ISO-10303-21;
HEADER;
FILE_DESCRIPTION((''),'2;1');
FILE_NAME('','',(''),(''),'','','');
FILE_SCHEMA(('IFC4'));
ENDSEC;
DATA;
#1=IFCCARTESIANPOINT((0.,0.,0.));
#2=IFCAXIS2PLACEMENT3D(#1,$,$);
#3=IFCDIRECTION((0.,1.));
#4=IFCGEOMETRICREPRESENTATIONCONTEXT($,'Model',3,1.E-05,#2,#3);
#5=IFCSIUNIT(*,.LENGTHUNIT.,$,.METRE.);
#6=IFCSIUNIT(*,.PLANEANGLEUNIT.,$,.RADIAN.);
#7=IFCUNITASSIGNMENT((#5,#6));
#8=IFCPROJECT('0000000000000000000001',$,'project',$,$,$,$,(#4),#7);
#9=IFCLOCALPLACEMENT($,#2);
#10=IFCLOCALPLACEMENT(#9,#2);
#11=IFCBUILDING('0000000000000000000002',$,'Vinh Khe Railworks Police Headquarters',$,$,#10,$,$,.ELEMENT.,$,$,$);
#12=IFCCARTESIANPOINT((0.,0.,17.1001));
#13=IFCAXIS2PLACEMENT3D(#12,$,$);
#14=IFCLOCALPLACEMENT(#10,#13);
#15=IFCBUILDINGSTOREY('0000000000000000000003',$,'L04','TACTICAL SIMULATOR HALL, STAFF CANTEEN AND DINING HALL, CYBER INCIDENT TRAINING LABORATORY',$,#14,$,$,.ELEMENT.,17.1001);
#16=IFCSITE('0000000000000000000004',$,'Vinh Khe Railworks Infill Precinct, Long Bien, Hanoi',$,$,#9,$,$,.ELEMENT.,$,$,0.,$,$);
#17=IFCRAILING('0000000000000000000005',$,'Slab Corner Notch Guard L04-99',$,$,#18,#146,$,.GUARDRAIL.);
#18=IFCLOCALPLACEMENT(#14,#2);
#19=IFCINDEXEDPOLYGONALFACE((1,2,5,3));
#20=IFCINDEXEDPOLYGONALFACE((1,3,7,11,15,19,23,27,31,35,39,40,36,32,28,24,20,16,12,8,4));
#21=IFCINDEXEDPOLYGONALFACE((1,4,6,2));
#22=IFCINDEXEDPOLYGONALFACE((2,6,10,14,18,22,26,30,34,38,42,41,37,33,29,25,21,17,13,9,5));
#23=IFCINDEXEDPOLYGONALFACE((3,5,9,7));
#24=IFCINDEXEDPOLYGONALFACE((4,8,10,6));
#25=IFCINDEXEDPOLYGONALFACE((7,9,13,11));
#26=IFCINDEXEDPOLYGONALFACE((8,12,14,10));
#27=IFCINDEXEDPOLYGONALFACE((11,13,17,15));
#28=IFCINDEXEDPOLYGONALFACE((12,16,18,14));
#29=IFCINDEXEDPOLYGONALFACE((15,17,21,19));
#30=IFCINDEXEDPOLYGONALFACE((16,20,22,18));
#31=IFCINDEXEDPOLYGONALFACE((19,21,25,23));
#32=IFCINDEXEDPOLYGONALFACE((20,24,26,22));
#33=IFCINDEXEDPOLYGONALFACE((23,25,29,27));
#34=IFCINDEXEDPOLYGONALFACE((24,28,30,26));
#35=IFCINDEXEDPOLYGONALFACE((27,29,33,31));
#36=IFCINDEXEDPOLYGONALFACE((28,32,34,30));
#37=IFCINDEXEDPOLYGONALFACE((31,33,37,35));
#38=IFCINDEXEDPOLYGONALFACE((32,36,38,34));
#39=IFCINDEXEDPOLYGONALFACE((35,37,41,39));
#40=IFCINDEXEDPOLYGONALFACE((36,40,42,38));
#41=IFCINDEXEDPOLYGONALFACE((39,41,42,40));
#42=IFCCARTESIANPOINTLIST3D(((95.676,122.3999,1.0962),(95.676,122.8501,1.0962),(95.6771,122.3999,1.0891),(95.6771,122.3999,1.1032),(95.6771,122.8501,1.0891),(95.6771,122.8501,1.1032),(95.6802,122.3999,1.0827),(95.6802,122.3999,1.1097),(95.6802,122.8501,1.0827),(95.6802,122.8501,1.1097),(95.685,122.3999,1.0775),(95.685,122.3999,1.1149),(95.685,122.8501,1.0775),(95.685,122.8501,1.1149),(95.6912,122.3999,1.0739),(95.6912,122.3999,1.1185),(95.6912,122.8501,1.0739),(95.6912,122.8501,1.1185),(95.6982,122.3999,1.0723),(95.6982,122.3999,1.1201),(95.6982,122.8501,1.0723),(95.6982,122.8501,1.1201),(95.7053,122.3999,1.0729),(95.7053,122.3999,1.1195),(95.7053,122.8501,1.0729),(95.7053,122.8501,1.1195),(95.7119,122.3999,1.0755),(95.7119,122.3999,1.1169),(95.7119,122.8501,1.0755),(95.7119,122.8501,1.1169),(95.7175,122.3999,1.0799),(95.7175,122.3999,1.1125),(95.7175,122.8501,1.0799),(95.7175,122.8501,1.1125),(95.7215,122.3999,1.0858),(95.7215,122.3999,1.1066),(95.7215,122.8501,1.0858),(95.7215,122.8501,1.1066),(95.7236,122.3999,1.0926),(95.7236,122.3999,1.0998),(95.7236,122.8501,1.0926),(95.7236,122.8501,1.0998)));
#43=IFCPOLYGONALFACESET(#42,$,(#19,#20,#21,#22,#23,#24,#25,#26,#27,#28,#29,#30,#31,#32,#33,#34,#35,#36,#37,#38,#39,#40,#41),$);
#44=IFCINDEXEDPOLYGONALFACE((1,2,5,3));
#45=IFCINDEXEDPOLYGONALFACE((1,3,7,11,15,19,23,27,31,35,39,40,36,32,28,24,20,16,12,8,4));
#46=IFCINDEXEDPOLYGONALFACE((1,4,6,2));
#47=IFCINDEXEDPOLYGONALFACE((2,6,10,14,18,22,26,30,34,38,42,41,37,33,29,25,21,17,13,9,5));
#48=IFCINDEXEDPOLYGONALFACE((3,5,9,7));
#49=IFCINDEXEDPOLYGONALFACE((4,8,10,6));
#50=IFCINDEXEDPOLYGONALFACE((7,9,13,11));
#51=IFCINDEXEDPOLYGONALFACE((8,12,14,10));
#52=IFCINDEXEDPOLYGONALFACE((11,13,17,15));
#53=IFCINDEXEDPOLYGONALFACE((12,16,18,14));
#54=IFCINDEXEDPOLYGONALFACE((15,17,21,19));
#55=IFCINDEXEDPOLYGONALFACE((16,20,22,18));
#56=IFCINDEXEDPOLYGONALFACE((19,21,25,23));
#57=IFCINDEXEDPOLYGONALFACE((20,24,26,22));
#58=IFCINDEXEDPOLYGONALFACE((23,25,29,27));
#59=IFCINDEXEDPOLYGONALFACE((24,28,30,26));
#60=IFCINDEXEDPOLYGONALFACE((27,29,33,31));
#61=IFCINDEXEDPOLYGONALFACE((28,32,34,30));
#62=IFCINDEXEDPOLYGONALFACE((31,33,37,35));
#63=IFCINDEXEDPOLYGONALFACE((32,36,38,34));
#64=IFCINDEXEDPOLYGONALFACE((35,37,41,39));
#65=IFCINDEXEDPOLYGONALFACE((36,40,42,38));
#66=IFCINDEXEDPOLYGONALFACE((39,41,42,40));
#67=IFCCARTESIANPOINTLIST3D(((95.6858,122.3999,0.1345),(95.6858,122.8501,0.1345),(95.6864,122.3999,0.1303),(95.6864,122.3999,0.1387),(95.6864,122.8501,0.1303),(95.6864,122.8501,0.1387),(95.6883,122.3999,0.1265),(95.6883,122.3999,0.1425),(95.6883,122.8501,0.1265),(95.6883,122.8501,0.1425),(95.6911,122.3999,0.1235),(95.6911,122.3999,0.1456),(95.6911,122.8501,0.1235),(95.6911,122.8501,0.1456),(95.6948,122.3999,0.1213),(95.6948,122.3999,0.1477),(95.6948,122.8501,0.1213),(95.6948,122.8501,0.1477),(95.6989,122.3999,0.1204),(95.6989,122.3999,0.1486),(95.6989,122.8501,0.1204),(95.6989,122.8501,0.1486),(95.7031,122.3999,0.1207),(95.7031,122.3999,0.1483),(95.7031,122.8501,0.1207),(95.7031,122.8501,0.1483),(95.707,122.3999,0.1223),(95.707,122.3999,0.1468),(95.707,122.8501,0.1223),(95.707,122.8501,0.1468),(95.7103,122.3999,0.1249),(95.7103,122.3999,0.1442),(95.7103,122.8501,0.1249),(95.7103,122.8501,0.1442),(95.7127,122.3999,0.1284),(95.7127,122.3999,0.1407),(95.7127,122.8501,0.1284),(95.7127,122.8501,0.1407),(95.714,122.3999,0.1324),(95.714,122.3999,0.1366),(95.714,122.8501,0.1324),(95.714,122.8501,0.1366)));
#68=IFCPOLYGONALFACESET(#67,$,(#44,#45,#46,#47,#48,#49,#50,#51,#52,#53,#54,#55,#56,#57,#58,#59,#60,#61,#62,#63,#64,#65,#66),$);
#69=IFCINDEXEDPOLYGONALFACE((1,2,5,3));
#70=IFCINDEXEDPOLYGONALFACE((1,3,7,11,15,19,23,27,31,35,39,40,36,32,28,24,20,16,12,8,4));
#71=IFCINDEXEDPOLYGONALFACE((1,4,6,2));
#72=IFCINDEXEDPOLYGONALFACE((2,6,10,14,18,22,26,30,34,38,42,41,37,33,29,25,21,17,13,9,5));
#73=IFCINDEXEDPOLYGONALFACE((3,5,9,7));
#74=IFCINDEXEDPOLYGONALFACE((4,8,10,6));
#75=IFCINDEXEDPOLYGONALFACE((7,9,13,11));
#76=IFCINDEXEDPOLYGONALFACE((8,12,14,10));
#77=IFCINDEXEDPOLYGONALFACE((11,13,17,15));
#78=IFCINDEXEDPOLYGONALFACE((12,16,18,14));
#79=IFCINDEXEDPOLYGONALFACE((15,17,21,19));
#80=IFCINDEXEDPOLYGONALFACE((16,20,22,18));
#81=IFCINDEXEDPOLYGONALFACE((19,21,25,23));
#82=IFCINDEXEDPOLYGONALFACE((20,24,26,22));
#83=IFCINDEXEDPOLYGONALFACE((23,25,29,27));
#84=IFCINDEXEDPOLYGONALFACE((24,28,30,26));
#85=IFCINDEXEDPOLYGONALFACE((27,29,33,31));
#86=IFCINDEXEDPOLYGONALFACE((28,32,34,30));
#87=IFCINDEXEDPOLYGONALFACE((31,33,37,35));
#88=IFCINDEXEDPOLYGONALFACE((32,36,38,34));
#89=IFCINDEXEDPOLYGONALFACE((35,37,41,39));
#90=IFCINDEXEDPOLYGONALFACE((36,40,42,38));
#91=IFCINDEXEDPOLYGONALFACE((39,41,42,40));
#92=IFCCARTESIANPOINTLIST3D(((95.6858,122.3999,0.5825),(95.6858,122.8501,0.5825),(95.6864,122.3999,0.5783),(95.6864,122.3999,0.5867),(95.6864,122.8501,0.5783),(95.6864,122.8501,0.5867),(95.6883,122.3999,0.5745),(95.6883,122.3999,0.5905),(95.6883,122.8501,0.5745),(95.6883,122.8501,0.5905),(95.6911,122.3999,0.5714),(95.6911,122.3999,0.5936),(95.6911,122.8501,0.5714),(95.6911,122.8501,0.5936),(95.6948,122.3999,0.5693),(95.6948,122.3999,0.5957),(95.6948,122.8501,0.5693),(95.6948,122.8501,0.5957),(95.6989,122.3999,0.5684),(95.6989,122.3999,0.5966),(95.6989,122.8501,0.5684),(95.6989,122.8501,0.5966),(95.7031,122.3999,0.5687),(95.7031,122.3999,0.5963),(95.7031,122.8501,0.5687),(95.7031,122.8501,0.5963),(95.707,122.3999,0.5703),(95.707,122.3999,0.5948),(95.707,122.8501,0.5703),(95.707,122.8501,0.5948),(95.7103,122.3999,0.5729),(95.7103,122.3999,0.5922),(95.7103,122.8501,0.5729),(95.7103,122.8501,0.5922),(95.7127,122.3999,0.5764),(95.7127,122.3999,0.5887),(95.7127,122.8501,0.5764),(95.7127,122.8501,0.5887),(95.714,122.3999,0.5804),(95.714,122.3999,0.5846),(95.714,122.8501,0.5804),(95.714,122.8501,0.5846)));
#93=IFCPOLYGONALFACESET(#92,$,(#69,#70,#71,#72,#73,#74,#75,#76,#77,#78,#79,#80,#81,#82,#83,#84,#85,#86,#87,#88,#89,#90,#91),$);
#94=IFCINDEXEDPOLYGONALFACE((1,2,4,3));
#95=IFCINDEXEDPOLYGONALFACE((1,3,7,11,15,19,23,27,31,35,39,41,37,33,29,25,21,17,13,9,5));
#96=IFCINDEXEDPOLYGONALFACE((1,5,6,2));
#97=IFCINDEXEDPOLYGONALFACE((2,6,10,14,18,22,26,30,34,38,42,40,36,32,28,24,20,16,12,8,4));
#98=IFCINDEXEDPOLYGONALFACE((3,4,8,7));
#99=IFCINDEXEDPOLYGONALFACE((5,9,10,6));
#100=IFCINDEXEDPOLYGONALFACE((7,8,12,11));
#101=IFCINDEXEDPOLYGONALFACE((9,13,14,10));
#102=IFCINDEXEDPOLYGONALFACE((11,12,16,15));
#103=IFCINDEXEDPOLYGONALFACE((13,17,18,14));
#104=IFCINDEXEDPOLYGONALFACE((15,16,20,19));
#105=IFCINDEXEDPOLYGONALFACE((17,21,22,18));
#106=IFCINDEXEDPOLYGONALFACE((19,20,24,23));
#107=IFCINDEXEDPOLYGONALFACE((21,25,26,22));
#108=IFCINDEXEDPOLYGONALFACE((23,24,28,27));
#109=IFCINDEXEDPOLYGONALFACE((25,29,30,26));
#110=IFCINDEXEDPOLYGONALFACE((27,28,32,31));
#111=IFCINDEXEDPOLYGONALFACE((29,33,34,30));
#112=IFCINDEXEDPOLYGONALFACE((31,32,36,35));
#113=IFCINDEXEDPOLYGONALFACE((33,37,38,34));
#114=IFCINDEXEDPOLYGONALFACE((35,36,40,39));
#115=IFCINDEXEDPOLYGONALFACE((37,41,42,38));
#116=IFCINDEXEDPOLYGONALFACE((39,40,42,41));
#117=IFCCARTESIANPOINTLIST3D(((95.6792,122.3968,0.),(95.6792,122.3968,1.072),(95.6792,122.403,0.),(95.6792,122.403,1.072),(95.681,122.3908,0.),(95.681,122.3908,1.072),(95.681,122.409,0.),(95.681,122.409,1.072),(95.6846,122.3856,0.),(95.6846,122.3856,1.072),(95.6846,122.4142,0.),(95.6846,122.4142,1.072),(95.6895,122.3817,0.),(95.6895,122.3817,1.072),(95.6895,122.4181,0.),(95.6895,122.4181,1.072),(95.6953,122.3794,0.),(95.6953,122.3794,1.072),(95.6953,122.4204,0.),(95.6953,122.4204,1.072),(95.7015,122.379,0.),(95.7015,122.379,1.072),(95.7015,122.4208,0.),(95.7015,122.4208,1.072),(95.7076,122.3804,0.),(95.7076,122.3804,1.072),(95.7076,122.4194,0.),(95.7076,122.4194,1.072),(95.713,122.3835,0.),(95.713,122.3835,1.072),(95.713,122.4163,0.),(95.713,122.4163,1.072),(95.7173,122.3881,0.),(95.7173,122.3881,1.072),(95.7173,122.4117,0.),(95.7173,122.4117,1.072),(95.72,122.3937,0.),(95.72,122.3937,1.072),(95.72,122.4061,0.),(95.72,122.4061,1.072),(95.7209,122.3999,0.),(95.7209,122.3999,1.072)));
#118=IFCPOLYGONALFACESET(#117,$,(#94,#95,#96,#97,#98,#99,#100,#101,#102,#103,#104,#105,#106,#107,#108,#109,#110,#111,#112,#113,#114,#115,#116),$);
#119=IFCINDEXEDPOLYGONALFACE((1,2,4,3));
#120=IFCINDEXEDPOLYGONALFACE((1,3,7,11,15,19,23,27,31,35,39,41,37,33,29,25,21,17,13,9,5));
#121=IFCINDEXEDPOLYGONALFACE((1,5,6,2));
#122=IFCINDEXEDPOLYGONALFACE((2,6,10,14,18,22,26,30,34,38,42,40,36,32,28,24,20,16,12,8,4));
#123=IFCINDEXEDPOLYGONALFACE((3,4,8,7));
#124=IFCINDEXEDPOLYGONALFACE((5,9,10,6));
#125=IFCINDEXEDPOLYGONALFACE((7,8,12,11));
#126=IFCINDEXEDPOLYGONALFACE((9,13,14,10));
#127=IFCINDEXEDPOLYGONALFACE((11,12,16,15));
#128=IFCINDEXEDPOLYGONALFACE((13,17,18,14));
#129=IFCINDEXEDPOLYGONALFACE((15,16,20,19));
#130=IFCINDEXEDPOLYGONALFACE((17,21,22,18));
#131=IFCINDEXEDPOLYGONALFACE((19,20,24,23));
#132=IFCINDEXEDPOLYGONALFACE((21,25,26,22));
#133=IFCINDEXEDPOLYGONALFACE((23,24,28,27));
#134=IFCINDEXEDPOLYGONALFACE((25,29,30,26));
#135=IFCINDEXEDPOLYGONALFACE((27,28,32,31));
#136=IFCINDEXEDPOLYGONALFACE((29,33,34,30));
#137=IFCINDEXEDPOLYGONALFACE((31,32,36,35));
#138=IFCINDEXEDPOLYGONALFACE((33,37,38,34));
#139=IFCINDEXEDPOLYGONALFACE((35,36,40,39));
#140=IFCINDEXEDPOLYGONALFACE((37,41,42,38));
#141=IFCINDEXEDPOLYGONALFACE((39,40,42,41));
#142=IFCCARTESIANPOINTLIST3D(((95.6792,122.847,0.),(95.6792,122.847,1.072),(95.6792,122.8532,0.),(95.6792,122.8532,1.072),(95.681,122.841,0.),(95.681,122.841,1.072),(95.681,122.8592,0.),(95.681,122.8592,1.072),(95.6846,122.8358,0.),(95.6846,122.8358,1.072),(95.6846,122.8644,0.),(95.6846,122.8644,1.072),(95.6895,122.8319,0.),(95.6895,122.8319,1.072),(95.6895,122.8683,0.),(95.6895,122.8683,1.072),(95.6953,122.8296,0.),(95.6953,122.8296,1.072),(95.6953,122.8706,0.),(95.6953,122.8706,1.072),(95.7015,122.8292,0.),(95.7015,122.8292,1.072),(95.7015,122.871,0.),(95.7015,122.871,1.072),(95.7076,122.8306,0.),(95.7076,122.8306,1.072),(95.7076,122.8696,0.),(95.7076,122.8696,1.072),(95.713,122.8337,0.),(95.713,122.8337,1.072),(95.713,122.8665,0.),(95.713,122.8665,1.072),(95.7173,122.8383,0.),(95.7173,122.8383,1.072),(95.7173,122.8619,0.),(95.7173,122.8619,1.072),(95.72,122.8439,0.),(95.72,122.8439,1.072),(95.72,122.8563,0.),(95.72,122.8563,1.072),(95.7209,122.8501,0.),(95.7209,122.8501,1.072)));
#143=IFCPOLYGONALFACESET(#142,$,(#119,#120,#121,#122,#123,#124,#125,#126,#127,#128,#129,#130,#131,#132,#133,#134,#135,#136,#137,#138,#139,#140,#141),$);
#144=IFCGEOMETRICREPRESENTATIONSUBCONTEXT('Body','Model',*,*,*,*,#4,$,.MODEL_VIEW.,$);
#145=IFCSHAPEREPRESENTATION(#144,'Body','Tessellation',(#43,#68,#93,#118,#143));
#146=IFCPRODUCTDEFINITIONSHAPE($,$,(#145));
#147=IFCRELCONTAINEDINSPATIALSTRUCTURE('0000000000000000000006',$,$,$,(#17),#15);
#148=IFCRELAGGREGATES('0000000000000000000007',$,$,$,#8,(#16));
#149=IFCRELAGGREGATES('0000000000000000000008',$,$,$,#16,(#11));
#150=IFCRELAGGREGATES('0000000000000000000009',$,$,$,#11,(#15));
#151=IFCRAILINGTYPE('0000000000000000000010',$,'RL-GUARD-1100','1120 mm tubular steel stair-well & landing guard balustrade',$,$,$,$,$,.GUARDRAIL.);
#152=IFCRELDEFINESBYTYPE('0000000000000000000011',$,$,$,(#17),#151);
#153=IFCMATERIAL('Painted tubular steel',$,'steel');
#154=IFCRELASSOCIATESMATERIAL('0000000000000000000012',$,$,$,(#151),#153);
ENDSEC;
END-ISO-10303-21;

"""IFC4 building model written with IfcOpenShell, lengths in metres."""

from ifc_helpers import new_model, si_unit, direction, frame, origin, origin_2d, place, context, subcontext, project, spatial, circle, extrude, material, type_object, element, save


model = new_model("IFC4")

# Units and contexts
model_context = context("Model", 3, precision=1e-05, world=origin(), true_north=direction((0.0, 1.0)))
body_context = subcontext(model_context, "Body", "Model", "MODEL_VIEW")
ifc_project = project(units=[si_unit("LENGTHUNIT", "METRE"), si_unit("PLANEANGLEUNIT", "RADIAN")], contexts=[model_context])

# Site, building, storey
site_placement = place(None, origin())
site = spatial("IfcSite", under=ifc_project, at=site_placement, Name="Vinh Khe Railworks Infill Precinct, Long Bien, Hanoi", CompositionType="ELEMENT", RefElevation=0.0)
building_placement = place(site_placement, origin())
building = spatial("IfcBuilding", under=site, at=building_placement, Name="Vinh Khe Railworks Police Headquarters", CompositionType="ELEMENT")
storey_placement = place(building_placement, frame((0.0, 0.0, 17.1001)))
storey = spatial("IfcBuildingStorey", under=building, at=storey_placement, Name="L04", Description="TACTICAL SIMULATOR HALL, STAFF CANTEEN AND DINING HALL, CYBER INCIDENT TRAINING LABORATORY", CompositionType="ELEMENT", Elevation=17.1001)

# Railing
ifc_material_1 = material(Name="Painted tubular steel", Category="steel")
railing_type = type_object("IfcRailingType", Name="RL-GUARD-1100", Description="1120 mm tubular steel stair-well & landing guard balustrade", PredefinedType="GUARDRAIL", material=ifc_material_1)
railing_placement = place(storey_placement, frame((95.7, 122.3999, 0.0)))
element("IfcRailing", 1, at=railing_placement, inside=storey, type_object=railing_type, Name="Slab Corner Notch Guard L04-99", PredefinedType="GUARDRAIL", context=body_context, shape_type="SweptSolid", body=[
    extrude(circle(Radius=0.0239, at=origin_2d()), frame((0.0, 0.0, 1.0962), z_axis=(0.0, 1.0, 0.0), x_axis=(-1.0, 0.0, 0.0)), (0.0, 0.0, 1.0), 0.4502),
    extrude(circle(Radius=0.0142, at=origin_2d()), frame((0.0, 0.0, 0.1345), z_axis=(0.0, 1.0, 0.0), x_axis=(-1.0, 0.0, 0.0)), (0.0, 0.0, 1.0), 0.4502),
    extrude(circle(Radius=0.0142, at=origin_2d()), frame((0.0, 0.0, 0.5825), z_axis=(0.0, 1.0, 0.0), x_axis=(-1.0, 0.0, 0.0)), (0.0, 0.0, 1.0), 0.4502),
    extrude(circle(Radius=0.021, at=origin_2d()), origin(), (0.0, 0.0, 1.0), 1.072),
    extrude(circle(Radius=0.021, at=origin_2d()), frame((0.0, 0.4502, 0.0)), (0.0, 0.0, 1.0), 1.072),
])

save(model, "model.ifc")
